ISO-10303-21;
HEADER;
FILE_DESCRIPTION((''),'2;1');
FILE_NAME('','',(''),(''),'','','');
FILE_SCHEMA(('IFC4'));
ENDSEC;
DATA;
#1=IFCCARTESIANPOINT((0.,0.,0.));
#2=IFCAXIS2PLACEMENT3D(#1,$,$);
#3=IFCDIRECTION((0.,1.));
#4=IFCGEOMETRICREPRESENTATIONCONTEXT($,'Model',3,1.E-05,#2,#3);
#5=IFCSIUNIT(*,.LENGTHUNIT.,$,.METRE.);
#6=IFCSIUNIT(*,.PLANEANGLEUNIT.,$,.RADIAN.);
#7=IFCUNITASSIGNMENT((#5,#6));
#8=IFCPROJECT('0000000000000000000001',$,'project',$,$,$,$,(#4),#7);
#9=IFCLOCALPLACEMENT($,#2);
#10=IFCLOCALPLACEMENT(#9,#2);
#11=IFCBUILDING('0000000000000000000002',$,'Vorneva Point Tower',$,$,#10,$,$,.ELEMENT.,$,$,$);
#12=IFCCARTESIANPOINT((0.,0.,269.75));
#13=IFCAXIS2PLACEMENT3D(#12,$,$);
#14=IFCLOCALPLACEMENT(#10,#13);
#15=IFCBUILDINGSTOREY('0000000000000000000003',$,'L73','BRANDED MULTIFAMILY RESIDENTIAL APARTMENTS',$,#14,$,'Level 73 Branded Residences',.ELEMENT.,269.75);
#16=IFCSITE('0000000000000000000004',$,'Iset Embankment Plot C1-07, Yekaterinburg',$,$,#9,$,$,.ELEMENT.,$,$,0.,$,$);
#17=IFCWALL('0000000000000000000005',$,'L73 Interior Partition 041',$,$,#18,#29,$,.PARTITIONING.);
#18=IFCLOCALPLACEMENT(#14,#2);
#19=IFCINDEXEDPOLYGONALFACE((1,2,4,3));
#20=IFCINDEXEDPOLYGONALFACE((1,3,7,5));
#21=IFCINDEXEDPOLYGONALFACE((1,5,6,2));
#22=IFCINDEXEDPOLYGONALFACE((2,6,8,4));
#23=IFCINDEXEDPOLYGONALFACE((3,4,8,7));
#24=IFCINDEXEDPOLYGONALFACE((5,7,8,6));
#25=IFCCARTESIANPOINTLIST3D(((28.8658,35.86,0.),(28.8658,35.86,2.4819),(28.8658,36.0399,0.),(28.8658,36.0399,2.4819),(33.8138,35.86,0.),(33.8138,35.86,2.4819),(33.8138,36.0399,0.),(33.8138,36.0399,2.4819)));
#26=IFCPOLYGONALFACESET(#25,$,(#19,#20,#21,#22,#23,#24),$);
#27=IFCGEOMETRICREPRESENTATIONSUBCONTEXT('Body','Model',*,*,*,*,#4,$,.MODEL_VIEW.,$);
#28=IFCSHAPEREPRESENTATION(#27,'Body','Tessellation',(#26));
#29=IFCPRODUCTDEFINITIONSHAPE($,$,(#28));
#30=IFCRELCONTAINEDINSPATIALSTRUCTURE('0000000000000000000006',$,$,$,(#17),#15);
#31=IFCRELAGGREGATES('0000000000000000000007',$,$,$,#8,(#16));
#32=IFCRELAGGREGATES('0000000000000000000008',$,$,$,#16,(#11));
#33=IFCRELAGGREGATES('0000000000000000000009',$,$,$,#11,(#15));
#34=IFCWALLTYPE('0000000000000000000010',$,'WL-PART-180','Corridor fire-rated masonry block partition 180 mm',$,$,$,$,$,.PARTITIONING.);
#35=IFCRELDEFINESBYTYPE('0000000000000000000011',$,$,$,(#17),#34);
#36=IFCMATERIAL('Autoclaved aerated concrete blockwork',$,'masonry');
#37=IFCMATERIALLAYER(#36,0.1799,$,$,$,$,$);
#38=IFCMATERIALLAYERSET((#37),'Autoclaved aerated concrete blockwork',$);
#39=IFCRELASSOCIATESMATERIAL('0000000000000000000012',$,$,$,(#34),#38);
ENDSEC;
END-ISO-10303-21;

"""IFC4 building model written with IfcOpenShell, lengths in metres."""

from ifc_helpers import new_model, si_unit, direction, frame, frame_2d, origin, place, context, subcontext, project, spatial, rectangle, extrude, material, layer, layer_set, type_object, element, save


model = new_model("IFC4")

# Units and contexts
model_context = context("Model", 3, precision=1e-05, world=origin(), true_north=direction((0.0, 1.0)))
body_context = subcontext(model_context, "Body", "Model", "MODEL_VIEW")
ifc_project = project(units=[si_unit("LENGTHUNIT", "METRE"), si_unit("PLANEANGLEUNIT", "RADIAN")], contexts=[model_context])

# Site, building, storey
site_placement = place(None, origin())
site = spatial("IfcSite", under=ifc_project, at=site_placement, Name="Iset Embankment Plot C1-07, Yekaterinburg", CompositionType="ELEMENT", RefElevation=0.0)
building_placement = place(site_placement, origin())
building = spatial("IfcBuilding", under=site, at=building_placement, Name="Vorneva Point Tower", CompositionType="ELEMENT")
storey_placement = place(building_placement, frame((0.0, 0.0, 269.75)))
storey = spatial("IfcBuildingStorey", under=building, at=storey_placement, Name="L73", Description="BRANDED MULTIFAMILY RESIDENTIAL APARTMENTS", LongName="Level 73 Branded Residences", CompositionType="ELEMENT", Elevation=269.75)

# Shared definitions
ifc_material_1 = material(Name="Autoclaved aerated concrete blockwork", Category="masonry")
ifc_layer_1 = layer(ifc_material_1, 0.1799)
ifc_layer_set_1 = layer_set([ifc_layer_1], Name="Autoclaved aerated concrete blockwork")
wall_type_1 = type_object("IfcWallType", Name="WL-PART-180", Description="Corridor fire-rated masonry block partition 180 mm", PredefinedType="PARTITIONING", material=ifc_layer_set_1)

# Wall
wall_1_placement = place(storey_placement, frame((33.814, 35.95, 0.0), z_axis=(0.0, 0.0, 1.0), x_axis=(-1.0, 0.0, 0.0)))
element("IfcWall", 1, at=wall_1_placement, inside=storey, type_object=wall_type_1, Name="L73 Interior Partition 041", PredefinedType="PARTITIONING", context=body_context, shape_type="SweptSolid", body=[
    extrude(rectangle(XDim=4.948, YDim=0.1799, at=frame_2d((2.4741, 0.0))), origin(), (0.0, 0.0, 1.0), 2.4819),
])

save(model, "model.ifc")
